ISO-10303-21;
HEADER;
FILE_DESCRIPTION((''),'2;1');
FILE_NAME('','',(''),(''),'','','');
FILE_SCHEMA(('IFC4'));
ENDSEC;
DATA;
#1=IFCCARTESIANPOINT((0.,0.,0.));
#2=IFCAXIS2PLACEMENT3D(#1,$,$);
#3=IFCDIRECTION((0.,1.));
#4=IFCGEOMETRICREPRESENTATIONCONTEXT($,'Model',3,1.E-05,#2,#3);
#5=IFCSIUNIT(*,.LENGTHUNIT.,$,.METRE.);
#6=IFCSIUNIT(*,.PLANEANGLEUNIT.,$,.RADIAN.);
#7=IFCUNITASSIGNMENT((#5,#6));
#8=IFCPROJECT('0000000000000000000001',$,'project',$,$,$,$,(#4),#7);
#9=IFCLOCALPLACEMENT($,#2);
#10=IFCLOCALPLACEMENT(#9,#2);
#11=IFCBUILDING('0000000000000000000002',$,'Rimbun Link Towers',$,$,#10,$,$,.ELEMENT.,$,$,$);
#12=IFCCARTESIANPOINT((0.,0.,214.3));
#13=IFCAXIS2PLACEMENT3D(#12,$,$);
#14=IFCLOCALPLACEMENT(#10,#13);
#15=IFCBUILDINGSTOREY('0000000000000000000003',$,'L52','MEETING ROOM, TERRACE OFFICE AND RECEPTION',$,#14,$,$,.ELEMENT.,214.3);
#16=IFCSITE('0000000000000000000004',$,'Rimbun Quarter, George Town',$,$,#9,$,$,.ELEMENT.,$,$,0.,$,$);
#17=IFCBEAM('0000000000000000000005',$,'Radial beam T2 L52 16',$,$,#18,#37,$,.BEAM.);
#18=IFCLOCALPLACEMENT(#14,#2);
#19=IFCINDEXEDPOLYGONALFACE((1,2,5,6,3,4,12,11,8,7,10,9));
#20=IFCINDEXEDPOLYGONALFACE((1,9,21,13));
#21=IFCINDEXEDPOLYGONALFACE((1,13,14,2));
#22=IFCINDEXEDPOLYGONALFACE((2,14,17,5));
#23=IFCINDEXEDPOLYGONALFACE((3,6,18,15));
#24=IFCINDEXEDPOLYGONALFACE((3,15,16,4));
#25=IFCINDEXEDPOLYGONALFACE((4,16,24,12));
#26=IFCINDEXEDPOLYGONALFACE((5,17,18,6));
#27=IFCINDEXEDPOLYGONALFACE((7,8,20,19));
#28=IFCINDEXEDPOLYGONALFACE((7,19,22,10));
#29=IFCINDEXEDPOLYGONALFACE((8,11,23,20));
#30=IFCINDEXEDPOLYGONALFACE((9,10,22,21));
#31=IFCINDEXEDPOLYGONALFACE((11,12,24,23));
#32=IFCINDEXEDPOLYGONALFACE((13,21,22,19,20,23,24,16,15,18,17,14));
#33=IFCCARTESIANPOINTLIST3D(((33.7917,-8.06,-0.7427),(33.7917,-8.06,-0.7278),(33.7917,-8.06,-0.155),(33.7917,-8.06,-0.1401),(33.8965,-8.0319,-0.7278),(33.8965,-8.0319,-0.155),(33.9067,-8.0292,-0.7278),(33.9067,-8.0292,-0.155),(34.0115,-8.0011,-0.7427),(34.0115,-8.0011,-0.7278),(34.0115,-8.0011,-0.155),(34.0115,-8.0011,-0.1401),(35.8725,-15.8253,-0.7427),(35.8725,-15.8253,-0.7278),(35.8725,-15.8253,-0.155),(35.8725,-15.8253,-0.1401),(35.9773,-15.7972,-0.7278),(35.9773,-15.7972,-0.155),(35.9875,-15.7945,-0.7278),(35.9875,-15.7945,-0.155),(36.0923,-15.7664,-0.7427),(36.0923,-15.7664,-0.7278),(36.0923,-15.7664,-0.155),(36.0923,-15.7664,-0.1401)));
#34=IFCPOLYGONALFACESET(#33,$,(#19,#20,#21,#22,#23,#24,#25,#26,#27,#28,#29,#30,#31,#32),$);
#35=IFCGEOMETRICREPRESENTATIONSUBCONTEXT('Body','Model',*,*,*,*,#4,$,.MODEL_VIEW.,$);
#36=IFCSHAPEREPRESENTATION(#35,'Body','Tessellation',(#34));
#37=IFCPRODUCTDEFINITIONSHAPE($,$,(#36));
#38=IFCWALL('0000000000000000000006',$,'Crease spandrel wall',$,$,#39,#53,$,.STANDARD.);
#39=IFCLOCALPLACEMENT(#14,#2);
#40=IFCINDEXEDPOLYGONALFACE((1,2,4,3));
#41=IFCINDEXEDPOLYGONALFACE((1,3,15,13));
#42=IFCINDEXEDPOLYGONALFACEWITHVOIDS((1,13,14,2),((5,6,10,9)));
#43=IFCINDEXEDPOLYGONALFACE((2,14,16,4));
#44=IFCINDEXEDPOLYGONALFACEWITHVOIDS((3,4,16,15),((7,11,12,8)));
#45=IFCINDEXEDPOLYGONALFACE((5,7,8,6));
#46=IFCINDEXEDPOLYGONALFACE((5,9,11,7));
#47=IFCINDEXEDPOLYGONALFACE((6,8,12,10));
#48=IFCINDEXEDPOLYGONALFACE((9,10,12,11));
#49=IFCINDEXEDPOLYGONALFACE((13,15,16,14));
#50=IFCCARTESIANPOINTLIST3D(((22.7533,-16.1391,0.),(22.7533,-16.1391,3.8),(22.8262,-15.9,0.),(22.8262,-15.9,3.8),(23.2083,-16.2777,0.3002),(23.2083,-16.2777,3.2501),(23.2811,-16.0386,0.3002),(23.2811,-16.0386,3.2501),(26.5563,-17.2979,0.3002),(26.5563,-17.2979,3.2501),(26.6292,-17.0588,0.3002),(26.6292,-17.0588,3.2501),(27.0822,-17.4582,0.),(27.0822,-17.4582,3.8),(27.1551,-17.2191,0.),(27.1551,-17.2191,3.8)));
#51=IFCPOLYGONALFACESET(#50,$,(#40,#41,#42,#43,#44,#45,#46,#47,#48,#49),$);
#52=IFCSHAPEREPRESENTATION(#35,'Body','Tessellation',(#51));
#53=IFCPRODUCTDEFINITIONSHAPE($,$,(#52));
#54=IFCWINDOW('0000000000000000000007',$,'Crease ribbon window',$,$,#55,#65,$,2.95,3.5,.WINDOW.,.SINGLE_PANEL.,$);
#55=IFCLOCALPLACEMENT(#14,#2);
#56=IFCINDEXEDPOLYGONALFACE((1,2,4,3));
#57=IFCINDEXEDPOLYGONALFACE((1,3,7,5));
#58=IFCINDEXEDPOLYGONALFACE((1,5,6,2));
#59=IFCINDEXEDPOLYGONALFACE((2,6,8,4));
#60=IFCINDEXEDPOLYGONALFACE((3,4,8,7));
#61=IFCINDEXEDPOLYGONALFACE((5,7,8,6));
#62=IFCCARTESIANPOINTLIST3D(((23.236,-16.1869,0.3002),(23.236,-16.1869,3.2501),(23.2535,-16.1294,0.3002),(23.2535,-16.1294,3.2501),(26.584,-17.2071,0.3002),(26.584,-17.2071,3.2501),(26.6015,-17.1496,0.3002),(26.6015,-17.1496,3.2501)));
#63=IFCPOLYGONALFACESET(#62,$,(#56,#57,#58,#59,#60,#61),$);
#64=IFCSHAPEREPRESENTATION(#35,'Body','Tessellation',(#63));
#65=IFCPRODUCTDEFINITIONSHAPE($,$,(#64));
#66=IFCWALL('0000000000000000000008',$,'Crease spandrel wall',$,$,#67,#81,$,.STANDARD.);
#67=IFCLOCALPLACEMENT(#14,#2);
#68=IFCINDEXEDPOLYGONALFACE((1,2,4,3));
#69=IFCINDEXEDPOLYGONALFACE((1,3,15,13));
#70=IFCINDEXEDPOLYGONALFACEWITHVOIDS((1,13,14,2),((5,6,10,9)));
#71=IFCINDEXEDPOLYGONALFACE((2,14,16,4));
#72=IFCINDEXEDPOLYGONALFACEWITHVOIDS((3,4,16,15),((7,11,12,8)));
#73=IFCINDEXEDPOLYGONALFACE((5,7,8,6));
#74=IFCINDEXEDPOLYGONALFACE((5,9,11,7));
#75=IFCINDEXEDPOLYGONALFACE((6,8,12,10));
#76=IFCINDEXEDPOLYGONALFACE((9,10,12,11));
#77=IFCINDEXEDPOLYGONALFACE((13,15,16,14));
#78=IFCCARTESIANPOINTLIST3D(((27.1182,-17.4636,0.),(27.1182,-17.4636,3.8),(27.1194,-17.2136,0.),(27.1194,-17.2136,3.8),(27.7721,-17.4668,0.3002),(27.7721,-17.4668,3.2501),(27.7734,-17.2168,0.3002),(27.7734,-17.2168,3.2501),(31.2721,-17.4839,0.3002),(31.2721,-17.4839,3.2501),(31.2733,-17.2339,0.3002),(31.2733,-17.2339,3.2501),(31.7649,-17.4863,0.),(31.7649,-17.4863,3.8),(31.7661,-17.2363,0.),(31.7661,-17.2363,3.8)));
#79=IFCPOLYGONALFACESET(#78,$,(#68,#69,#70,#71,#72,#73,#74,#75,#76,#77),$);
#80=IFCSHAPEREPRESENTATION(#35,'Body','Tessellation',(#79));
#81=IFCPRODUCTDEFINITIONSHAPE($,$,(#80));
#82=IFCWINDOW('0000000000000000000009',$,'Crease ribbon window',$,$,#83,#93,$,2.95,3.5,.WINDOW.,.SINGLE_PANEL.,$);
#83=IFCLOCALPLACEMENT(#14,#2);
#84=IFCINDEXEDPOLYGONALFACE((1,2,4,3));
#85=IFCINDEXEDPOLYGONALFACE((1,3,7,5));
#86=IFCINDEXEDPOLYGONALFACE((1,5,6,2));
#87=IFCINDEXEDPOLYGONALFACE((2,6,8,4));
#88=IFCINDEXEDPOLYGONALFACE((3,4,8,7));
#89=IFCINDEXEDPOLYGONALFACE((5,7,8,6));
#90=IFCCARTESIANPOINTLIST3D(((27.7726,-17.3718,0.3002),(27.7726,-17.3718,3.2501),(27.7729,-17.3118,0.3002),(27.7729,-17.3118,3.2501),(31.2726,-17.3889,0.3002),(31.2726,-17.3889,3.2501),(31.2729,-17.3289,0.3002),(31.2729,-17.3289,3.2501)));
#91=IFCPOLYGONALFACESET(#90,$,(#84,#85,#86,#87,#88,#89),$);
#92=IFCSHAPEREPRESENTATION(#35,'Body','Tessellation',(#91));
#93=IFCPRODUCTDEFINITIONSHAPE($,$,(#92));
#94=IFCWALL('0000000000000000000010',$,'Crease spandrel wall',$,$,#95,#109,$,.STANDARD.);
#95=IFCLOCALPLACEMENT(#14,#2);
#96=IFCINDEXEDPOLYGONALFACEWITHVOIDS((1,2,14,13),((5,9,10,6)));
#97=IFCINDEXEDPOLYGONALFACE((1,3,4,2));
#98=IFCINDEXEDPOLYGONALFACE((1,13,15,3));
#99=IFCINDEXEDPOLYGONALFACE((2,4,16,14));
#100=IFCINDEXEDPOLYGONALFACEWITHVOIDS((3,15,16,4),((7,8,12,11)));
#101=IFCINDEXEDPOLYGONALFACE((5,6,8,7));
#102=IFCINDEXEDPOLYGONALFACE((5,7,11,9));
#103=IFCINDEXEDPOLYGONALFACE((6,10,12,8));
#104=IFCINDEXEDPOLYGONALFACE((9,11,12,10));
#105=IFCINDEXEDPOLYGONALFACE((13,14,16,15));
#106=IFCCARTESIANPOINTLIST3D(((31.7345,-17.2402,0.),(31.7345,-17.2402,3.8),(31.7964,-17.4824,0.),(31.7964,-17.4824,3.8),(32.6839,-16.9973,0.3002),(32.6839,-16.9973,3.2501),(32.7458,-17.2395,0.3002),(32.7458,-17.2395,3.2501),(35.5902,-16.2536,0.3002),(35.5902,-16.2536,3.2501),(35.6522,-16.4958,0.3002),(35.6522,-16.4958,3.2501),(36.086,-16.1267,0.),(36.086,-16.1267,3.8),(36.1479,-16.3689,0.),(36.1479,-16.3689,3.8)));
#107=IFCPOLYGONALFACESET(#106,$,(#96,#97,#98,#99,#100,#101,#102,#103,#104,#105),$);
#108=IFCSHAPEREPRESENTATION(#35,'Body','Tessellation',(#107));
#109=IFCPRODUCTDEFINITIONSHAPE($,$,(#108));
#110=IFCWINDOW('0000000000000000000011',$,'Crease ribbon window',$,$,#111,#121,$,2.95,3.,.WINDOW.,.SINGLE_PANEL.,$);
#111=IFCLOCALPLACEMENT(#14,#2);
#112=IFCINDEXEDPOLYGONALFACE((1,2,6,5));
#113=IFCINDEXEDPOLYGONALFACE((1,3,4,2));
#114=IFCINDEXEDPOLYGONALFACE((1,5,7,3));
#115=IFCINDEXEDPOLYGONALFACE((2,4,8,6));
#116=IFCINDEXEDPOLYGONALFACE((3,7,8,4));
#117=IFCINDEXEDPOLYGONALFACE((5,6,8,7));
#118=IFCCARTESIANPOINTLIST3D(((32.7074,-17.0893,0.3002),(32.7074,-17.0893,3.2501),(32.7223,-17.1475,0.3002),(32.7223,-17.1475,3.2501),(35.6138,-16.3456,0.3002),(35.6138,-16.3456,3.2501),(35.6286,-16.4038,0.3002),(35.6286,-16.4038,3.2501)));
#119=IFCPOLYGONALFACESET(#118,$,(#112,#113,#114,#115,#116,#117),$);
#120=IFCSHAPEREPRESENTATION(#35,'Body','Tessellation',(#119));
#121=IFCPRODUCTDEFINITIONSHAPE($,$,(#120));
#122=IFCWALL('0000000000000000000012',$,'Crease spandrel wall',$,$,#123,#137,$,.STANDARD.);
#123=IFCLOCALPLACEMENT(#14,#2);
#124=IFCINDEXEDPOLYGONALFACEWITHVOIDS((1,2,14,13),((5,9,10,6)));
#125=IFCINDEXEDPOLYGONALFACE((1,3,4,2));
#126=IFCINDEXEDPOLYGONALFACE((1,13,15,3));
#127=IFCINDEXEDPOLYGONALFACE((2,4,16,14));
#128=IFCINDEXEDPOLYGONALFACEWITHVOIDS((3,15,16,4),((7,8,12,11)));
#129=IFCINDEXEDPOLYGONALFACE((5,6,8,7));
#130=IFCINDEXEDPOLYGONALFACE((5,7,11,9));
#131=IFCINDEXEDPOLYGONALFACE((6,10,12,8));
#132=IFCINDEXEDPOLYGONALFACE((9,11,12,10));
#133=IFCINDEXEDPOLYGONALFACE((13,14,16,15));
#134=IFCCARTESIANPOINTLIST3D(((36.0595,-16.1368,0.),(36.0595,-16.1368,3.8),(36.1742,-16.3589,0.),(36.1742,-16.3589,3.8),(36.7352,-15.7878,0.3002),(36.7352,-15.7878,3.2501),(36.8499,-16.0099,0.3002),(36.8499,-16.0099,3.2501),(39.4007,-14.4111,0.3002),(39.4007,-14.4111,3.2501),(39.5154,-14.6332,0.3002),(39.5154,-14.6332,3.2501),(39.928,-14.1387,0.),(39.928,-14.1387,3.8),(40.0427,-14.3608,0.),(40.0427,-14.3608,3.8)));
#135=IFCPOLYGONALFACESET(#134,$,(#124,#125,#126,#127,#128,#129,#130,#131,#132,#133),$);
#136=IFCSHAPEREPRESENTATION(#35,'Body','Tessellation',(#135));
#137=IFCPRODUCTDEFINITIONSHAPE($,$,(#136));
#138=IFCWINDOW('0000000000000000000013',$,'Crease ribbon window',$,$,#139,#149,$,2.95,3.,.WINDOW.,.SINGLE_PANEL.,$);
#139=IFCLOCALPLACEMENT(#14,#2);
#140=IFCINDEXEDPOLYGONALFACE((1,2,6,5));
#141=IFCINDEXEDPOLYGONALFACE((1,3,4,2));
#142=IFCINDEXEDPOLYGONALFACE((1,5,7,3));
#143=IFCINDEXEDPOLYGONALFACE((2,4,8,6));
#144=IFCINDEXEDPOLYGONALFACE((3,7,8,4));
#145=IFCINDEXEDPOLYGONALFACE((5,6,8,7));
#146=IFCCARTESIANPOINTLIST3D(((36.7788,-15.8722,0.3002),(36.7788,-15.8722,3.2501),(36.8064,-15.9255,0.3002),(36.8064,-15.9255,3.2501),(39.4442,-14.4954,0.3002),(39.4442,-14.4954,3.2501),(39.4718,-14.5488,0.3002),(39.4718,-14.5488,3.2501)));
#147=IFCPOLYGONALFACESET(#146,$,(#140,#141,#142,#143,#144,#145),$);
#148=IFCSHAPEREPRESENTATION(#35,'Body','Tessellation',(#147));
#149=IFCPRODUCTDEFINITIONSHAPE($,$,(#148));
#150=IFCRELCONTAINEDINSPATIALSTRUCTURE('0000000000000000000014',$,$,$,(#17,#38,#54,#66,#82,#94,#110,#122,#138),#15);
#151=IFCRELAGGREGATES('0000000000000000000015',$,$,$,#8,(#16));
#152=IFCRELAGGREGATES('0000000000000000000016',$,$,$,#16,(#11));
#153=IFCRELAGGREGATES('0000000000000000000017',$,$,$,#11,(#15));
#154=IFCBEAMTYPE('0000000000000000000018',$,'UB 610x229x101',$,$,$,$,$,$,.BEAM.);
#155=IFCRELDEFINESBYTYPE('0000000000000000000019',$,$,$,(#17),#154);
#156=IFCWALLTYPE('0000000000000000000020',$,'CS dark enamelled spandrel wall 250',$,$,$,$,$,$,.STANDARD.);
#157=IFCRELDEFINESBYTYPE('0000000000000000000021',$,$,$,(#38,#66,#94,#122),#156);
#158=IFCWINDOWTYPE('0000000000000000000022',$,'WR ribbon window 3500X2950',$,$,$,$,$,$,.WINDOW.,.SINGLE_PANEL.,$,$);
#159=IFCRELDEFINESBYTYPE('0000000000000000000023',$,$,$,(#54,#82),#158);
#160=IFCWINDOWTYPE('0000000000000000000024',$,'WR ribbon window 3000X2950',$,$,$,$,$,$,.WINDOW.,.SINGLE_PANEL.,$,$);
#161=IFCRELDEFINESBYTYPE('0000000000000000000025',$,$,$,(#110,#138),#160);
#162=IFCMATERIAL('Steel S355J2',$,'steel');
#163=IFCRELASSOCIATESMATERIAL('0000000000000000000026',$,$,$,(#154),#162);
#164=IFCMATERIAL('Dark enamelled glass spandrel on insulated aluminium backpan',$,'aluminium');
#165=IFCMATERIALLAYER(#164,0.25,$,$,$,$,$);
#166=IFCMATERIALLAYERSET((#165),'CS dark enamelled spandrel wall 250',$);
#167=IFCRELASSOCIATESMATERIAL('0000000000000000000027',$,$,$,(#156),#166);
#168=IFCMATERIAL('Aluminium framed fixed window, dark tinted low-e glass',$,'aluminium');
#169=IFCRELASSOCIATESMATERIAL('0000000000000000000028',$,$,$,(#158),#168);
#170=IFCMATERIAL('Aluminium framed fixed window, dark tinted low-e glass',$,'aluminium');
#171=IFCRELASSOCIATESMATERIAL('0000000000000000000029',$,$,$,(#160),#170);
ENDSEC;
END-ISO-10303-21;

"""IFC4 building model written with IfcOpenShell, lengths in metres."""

from ifc_helpers import new_model, si_unit, direction, frame, frame_2d, origin, origin_2d, place, context, subcontext, project, spatial, rectangle, i_section, extrude, material, layer, layer_set, material_profile, profile_set, type_object, element, fill, save


model = new_model("IFC4")

# Units and contexts
model_context = context("Model", 3, precision=1e-05, world=origin(), true_north=direction((0.0, 1.0)))
body_context = subcontext(model_context, "Body", "Model", "MODEL_VIEW")
ifc_project = project(units=[si_unit("LENGTHUNIT", "METRE"), si_unit("PLANEANGLEUNIT", "RADIAN")], contexts=[model_context])

# Site, building, storey
site_placement = place(None, origin())
site = spatial("IfcSite", under=ifc_project, at=site_placement, Name="Rimbun Quarter, George Town", CompositionType="ELEMENT", RefElevation=0.0)
building_placement = place(site_placement, origin())
building = spatial("IfcBuilding", under=site, at=building_placement, Name="Rimbun Link Towers", CompositionType="ELEMENT")
storey_placement = place(building_placement, frame((0.0, 0.0, 214.3)))
storey = spatial("IfcBuildingStorey", under=building, at=storey_placement, Name="L52", Description="MEETING ROOM, TERRACE OFFICE AND RECEPTION", CompositionType="ELEMENT", Elevation=214.3)

# Beam
ifc_material_1 = material(Name="Steel S355J2", Category="steel")
ifc_material_profile_1 = material_profile(ifc_material_1, i_section(OverallWidth=0.2275, OverallDepth=0.6025, WebThickness=0.0105, FlangeThickness=0.0149, at=origin_2d()), Name="UB 610x229x101")
ifc_profile_set_1 = profile_set([ifc_material_profile_1], Name="Steel S355J2")
beam_type_1 = type_object("IfcBeamType", Name="UB 610x229x101", PredefinedType="BEAM", material=ifc_profile_set_1)
beam_1_placement = place(storey_placement, frame((33.9016, -8.0305, -0.4414), z_axis=(0.258829, -0.965923, 0.0), x_axis=(0.965923, 0.258829, 0.0)))
element("IfcBeam", 1, at=beam_1_placement, inside=storey, type_object=beam_type_1, Name="Radial beam T2 L52 16", PredefinedType="BEAM", context=body_context, shape_type="SweptSolid", body=[
    extrude(i_section(OverallWidth=0.2275, OverallDepth=0.6025, WebThickness=0.0105, FlangeThickness=0.0149, at=origin_2d()), origin(), (0.0, 0.0, 1.0), 8.0393),
])

# Walls, openings, windows
ifc_material_2 = material(Name="Dark enamelled glass spandrel on insulated aluminium backpan", Category="aluminium")
ifc_layer = layer(ifc_material_2, 0.25)
ifc_layer_set = layer_set([ifc_layer], Name="CS dark enamelled spandrel wall 250")
wall_type = type_object("IfcWallType", Name="CS dark enamelled spandrel wall 250", PredefinedType="STANDARD", material=ifc_layer_set)
wall_1_placement = place(storey_placement, frame((27.1187, -17.3386, 0.0), z_axis=(0.0, 0.0, 1.0), x_axis=(-0.956575, 0.291488, 0.0)))
wall_1 = element("IfcWall", 2, at=wall_1_placement, inside=storey, type_object=wall_type, Name="Crease spandrel wall", PredefinedType="STANDARD", context=body_context, shape_type="SweptSolid", body=[
    extrude(rectangle(XDim=4.5254, YDim=0.25, at=frame_2d((2.2627, 0.0))), origin(), (0.0, 0.0, 1.0), 3.8),
])
opening_1_placement = place(wall_1_placement, frame((0.5498, 0.0, 0.3)))
opening_1 = element("IfcOpeningElement", 3, at=opening_1_placement, cuts=wall_1, PredefinedType="OPENING", context=body_context, shape_type="SweptSolid", body=[
    extrude(rectangle(XDim=3.5, YDim=2.95, at=frame_2d((1.75, 1.4751))), frame((0.0, 0.135, 0.0), z_axis=(0.0, -1.0, 0.0), x_axis=(1.0, 0.0, 0.0)), (0.0, 0.0, 1.0), 0.27),
])
ifc_material_3 = material(Name="Aluminium framed fixed window, dark tinted low-e glass", Category="aluminium")
window_type_1 = type_object("IfcWindowType", Name="WR ribbon window 3500X2950", PartitioningType="SINGLE_PANEL", PredefinedType="WINDOW", material=ifc_material_3)
window_1_placement = place(opening_1_placement, origin())
window_1 = element("IfcWindow", 4, at=window_1_placement, inside=storey, type_object=window_type_1, Name="Crease ribbon window", OverallHeight=2.95, OverallWidth=3.5, PartitioningType="SINGLE_PANEL", PredefinedType="WINDOW", context=body_context, shape_type="SweptSolid", body=[
    extrude(rectangle(XDim=3.5, YDim=2.95, at=frame_2d((1.75, 1.4751))), frame((0.0, 0.03, 0.0), z_axis=(0.0, -1.0, 0.0), x_axis=(1.0, 0.0, 0.0)), (0.0, 0.0, 1.0), 0.0601),
])
fill(opening_1, window_1)
wall_2_placement = place(storey_placement, frame((31.7654, -17.3613, 0.0), z_axis=(0.0, 0.0, 1.0), x_axis=(-0.999988, 0.004886, 0.0)))
wall_2 = element("IfcWall", 5, at=wall_2_placement, inside=storey, type_object=wall_type, Name="Crease spandrel wall", PredefinedType="STANDARD", context=body_context, shape_type="SweptSolid", body=[
    extrude(rectangle(XDim=4.6467, YDim=0.25, at=frame_2d((2.3232, 0.0))), origin(), (0.0, 0.0, 1.0), 3.8),
])
opening_2_placement = place(wall_2_placement, frame((0.4927, 0.0, 0.3)))
opening_2 = element("IfcOpeningElement", 6, at=opening_2_placement, cuts=wall_2, PredefinedType="OPENING", context=body_context, shape_type="SweptSolid", body=[
    extrude(rectangle(XDim=3.5, YDim=2.95, at=frame_2d((1.75, 1.4751))), frame((0.0, 0.135, 0.0), z_axis=(0.0, -1.0, 0.0), x_axis=(1.0, 0.0, 0.0)), (0.0, 0.0, 1.0), 0.27),
])
window_2_placement = place(opening_2_placement, origin())
window_2 = element("IfcWindow", 7, at=window_2_placement, inside=storey, type_object=window_type_1, Name="Crease ribbon window", OverallHeight=2.95, OverallWidth=3.5, PartitioningType="SINGLE_PANEL", PredefinedType="WINDOW", context=body_context, shape_type="SweptSolid", body=[
    extrude(rectangle(XDim=3.5, YDim=2.95, at=frame_2d((1.75, 1.4751))), frame((0.0, 0.03, 0.0), z_axis=(0.0, -1.0, 0.0), x_axis=(1.0, 0.0, 0.0)), (0.0, 0.0, 1.0), 0.0601),
])
fill(opening_2, window_2)
wall_3_placement = place(storey_placement, frame((36.1169, -16.2478, 0.0), z_axis=(0.0, 0.0, 1.0), x_axis=(-0.968785, -0.247903, 0.0)))
wall_3 = element("IfcWall", 8, at=wall_3_placement, inside=storey, type_object=wall_type, Name="Crease spandrel wall", PredefinedType="STANDARD", context=body_context, shape_type="SweptSolid", body=[
    extrude(rectangle(XDim=4.4917, YDim=0.25, at=frame_2d((2.2458, 0.0))), origin(), (0.0, 0.0, 1.0), 3.8),
])
opening_3_placement = place(wall_3_placement, frame((0.5117, 0.0, 0.3)))
opening_3 = element("IfcOpeningElement", 9, at=opening_3_placement, cuts=wall_3, PredefinedType="OPENING", context=body_context, shape_type="SweptSolid", body=[
    extrude(rectangle(XDim=3.0, YDim=2.95, at=frame_2d((1.5, 1.4751))), frame((0.0, 0.135, 0.0), z_axis=(0.0, -1.0, 0.0), x_axis=(1.0, 0.0, 0.0)), (0.0, 0.0, 1.0), 0.27),
])
ifc_material_4 = material(Name="Aluminium framed fixed window, dark tinted low-e glass", Category="aluminium")
window_type_2 = type_object("IfcWindowType", Name="WR ribbon window 3000X2950", PartitioningType="SINGLE_PANEL", PredefinedType="WINDOW", material=ifc_material_4)
window_3_placement = place(opening_3_placement, origin())
window_3 = element("IfcWindow", 10, at=window_3_placement, inside=storey, type_object=window_type_2, Name="Crease ribbon window", OverallHeight=2.95, OverallWidth=3.0, PartitioningType="SINGLE_PANEL", PredefinedType="WINDOW", context=body_context, shape_type="SweptSolid", body=[
    extrude(rectangle(XDim=3.0, YDim=2.95, at=frame_2d((1.5, 1.4751))), frame((0.0, 0.03, 0.0), z_axis=(0.0, -1.0, 0.0), x_axis=(1.0, 0.0, 0.0)), (0.0, 0.0, 1.0), 0.0601),
])
fill(opening_3, window_3)
wall_4_placement = place(storey_placement, frame((39.9854, -14.2498, 0.0), z_axis=(0.0, 0.0, 1.0), x_axis=(-0.888485, -0.458906, 0.0)))
wall_4 = element("IfcWall", 11, at=wall_4_placement, inside=storey, type_object=wall_type, Name="Crease spandrel wall", PredefinedType="STANDARD", context=body_context, shape_type="SweptSolid", body=[
    extrude(rectangle(XDim=4.354, YDim=0.25, at=frame_2d((2.177, 0.0))), origin(), (0.0, 0.0, 1.0), 3.8),
])
opening_4_placement = place(wall_4_placement, frame((0.5935, 0.0, 0.3)))
opening_4 = element("IfcOpeningElement", 12, at=opening_4_placement, cuts=wall_4, PredefinedType="OPENING", context=body_context, shape_type="SweptSolid", body=[
    extrude(rectangle(XDim=3.0, YDim=2.95, at=frame_2d((1.5, 1.4751))), frame((0.0, 0.135, 0.0), z_axis=(0.0, -1.0, 0.0), x_axis=(1.0, 0.0, 0.0)), (0.0, 0.0, 1.0), 0.27),
])
window_4_placement = place(opening_4_placement, origin())
window_4 = element("IfcWindow", 13, at=window_4_placement, inside=storey, type_object=window_type_2, Name="Crease ribbon window", OverallHeight=2.95, OverallWidth=3.0, PartitioningType="SINGLE_PANEL", PredefinedType="WINDOW", context=body_context, shape_type="SweptSolid", body=[
    extrude(rectangle(XDim=3.0, YDim=2.95, at=frame_2d((1.5, 1.4751))), frame((0.0, 0.03, 0.0), z_axis=(0.0, -1.0, 0.0), x_axis=(1.0, 0.0, 0.0)), (0.0, 0.0, 1.0), 0.0601),
])
fill(opening_4, window_4)

save(model, "model.ifc")
